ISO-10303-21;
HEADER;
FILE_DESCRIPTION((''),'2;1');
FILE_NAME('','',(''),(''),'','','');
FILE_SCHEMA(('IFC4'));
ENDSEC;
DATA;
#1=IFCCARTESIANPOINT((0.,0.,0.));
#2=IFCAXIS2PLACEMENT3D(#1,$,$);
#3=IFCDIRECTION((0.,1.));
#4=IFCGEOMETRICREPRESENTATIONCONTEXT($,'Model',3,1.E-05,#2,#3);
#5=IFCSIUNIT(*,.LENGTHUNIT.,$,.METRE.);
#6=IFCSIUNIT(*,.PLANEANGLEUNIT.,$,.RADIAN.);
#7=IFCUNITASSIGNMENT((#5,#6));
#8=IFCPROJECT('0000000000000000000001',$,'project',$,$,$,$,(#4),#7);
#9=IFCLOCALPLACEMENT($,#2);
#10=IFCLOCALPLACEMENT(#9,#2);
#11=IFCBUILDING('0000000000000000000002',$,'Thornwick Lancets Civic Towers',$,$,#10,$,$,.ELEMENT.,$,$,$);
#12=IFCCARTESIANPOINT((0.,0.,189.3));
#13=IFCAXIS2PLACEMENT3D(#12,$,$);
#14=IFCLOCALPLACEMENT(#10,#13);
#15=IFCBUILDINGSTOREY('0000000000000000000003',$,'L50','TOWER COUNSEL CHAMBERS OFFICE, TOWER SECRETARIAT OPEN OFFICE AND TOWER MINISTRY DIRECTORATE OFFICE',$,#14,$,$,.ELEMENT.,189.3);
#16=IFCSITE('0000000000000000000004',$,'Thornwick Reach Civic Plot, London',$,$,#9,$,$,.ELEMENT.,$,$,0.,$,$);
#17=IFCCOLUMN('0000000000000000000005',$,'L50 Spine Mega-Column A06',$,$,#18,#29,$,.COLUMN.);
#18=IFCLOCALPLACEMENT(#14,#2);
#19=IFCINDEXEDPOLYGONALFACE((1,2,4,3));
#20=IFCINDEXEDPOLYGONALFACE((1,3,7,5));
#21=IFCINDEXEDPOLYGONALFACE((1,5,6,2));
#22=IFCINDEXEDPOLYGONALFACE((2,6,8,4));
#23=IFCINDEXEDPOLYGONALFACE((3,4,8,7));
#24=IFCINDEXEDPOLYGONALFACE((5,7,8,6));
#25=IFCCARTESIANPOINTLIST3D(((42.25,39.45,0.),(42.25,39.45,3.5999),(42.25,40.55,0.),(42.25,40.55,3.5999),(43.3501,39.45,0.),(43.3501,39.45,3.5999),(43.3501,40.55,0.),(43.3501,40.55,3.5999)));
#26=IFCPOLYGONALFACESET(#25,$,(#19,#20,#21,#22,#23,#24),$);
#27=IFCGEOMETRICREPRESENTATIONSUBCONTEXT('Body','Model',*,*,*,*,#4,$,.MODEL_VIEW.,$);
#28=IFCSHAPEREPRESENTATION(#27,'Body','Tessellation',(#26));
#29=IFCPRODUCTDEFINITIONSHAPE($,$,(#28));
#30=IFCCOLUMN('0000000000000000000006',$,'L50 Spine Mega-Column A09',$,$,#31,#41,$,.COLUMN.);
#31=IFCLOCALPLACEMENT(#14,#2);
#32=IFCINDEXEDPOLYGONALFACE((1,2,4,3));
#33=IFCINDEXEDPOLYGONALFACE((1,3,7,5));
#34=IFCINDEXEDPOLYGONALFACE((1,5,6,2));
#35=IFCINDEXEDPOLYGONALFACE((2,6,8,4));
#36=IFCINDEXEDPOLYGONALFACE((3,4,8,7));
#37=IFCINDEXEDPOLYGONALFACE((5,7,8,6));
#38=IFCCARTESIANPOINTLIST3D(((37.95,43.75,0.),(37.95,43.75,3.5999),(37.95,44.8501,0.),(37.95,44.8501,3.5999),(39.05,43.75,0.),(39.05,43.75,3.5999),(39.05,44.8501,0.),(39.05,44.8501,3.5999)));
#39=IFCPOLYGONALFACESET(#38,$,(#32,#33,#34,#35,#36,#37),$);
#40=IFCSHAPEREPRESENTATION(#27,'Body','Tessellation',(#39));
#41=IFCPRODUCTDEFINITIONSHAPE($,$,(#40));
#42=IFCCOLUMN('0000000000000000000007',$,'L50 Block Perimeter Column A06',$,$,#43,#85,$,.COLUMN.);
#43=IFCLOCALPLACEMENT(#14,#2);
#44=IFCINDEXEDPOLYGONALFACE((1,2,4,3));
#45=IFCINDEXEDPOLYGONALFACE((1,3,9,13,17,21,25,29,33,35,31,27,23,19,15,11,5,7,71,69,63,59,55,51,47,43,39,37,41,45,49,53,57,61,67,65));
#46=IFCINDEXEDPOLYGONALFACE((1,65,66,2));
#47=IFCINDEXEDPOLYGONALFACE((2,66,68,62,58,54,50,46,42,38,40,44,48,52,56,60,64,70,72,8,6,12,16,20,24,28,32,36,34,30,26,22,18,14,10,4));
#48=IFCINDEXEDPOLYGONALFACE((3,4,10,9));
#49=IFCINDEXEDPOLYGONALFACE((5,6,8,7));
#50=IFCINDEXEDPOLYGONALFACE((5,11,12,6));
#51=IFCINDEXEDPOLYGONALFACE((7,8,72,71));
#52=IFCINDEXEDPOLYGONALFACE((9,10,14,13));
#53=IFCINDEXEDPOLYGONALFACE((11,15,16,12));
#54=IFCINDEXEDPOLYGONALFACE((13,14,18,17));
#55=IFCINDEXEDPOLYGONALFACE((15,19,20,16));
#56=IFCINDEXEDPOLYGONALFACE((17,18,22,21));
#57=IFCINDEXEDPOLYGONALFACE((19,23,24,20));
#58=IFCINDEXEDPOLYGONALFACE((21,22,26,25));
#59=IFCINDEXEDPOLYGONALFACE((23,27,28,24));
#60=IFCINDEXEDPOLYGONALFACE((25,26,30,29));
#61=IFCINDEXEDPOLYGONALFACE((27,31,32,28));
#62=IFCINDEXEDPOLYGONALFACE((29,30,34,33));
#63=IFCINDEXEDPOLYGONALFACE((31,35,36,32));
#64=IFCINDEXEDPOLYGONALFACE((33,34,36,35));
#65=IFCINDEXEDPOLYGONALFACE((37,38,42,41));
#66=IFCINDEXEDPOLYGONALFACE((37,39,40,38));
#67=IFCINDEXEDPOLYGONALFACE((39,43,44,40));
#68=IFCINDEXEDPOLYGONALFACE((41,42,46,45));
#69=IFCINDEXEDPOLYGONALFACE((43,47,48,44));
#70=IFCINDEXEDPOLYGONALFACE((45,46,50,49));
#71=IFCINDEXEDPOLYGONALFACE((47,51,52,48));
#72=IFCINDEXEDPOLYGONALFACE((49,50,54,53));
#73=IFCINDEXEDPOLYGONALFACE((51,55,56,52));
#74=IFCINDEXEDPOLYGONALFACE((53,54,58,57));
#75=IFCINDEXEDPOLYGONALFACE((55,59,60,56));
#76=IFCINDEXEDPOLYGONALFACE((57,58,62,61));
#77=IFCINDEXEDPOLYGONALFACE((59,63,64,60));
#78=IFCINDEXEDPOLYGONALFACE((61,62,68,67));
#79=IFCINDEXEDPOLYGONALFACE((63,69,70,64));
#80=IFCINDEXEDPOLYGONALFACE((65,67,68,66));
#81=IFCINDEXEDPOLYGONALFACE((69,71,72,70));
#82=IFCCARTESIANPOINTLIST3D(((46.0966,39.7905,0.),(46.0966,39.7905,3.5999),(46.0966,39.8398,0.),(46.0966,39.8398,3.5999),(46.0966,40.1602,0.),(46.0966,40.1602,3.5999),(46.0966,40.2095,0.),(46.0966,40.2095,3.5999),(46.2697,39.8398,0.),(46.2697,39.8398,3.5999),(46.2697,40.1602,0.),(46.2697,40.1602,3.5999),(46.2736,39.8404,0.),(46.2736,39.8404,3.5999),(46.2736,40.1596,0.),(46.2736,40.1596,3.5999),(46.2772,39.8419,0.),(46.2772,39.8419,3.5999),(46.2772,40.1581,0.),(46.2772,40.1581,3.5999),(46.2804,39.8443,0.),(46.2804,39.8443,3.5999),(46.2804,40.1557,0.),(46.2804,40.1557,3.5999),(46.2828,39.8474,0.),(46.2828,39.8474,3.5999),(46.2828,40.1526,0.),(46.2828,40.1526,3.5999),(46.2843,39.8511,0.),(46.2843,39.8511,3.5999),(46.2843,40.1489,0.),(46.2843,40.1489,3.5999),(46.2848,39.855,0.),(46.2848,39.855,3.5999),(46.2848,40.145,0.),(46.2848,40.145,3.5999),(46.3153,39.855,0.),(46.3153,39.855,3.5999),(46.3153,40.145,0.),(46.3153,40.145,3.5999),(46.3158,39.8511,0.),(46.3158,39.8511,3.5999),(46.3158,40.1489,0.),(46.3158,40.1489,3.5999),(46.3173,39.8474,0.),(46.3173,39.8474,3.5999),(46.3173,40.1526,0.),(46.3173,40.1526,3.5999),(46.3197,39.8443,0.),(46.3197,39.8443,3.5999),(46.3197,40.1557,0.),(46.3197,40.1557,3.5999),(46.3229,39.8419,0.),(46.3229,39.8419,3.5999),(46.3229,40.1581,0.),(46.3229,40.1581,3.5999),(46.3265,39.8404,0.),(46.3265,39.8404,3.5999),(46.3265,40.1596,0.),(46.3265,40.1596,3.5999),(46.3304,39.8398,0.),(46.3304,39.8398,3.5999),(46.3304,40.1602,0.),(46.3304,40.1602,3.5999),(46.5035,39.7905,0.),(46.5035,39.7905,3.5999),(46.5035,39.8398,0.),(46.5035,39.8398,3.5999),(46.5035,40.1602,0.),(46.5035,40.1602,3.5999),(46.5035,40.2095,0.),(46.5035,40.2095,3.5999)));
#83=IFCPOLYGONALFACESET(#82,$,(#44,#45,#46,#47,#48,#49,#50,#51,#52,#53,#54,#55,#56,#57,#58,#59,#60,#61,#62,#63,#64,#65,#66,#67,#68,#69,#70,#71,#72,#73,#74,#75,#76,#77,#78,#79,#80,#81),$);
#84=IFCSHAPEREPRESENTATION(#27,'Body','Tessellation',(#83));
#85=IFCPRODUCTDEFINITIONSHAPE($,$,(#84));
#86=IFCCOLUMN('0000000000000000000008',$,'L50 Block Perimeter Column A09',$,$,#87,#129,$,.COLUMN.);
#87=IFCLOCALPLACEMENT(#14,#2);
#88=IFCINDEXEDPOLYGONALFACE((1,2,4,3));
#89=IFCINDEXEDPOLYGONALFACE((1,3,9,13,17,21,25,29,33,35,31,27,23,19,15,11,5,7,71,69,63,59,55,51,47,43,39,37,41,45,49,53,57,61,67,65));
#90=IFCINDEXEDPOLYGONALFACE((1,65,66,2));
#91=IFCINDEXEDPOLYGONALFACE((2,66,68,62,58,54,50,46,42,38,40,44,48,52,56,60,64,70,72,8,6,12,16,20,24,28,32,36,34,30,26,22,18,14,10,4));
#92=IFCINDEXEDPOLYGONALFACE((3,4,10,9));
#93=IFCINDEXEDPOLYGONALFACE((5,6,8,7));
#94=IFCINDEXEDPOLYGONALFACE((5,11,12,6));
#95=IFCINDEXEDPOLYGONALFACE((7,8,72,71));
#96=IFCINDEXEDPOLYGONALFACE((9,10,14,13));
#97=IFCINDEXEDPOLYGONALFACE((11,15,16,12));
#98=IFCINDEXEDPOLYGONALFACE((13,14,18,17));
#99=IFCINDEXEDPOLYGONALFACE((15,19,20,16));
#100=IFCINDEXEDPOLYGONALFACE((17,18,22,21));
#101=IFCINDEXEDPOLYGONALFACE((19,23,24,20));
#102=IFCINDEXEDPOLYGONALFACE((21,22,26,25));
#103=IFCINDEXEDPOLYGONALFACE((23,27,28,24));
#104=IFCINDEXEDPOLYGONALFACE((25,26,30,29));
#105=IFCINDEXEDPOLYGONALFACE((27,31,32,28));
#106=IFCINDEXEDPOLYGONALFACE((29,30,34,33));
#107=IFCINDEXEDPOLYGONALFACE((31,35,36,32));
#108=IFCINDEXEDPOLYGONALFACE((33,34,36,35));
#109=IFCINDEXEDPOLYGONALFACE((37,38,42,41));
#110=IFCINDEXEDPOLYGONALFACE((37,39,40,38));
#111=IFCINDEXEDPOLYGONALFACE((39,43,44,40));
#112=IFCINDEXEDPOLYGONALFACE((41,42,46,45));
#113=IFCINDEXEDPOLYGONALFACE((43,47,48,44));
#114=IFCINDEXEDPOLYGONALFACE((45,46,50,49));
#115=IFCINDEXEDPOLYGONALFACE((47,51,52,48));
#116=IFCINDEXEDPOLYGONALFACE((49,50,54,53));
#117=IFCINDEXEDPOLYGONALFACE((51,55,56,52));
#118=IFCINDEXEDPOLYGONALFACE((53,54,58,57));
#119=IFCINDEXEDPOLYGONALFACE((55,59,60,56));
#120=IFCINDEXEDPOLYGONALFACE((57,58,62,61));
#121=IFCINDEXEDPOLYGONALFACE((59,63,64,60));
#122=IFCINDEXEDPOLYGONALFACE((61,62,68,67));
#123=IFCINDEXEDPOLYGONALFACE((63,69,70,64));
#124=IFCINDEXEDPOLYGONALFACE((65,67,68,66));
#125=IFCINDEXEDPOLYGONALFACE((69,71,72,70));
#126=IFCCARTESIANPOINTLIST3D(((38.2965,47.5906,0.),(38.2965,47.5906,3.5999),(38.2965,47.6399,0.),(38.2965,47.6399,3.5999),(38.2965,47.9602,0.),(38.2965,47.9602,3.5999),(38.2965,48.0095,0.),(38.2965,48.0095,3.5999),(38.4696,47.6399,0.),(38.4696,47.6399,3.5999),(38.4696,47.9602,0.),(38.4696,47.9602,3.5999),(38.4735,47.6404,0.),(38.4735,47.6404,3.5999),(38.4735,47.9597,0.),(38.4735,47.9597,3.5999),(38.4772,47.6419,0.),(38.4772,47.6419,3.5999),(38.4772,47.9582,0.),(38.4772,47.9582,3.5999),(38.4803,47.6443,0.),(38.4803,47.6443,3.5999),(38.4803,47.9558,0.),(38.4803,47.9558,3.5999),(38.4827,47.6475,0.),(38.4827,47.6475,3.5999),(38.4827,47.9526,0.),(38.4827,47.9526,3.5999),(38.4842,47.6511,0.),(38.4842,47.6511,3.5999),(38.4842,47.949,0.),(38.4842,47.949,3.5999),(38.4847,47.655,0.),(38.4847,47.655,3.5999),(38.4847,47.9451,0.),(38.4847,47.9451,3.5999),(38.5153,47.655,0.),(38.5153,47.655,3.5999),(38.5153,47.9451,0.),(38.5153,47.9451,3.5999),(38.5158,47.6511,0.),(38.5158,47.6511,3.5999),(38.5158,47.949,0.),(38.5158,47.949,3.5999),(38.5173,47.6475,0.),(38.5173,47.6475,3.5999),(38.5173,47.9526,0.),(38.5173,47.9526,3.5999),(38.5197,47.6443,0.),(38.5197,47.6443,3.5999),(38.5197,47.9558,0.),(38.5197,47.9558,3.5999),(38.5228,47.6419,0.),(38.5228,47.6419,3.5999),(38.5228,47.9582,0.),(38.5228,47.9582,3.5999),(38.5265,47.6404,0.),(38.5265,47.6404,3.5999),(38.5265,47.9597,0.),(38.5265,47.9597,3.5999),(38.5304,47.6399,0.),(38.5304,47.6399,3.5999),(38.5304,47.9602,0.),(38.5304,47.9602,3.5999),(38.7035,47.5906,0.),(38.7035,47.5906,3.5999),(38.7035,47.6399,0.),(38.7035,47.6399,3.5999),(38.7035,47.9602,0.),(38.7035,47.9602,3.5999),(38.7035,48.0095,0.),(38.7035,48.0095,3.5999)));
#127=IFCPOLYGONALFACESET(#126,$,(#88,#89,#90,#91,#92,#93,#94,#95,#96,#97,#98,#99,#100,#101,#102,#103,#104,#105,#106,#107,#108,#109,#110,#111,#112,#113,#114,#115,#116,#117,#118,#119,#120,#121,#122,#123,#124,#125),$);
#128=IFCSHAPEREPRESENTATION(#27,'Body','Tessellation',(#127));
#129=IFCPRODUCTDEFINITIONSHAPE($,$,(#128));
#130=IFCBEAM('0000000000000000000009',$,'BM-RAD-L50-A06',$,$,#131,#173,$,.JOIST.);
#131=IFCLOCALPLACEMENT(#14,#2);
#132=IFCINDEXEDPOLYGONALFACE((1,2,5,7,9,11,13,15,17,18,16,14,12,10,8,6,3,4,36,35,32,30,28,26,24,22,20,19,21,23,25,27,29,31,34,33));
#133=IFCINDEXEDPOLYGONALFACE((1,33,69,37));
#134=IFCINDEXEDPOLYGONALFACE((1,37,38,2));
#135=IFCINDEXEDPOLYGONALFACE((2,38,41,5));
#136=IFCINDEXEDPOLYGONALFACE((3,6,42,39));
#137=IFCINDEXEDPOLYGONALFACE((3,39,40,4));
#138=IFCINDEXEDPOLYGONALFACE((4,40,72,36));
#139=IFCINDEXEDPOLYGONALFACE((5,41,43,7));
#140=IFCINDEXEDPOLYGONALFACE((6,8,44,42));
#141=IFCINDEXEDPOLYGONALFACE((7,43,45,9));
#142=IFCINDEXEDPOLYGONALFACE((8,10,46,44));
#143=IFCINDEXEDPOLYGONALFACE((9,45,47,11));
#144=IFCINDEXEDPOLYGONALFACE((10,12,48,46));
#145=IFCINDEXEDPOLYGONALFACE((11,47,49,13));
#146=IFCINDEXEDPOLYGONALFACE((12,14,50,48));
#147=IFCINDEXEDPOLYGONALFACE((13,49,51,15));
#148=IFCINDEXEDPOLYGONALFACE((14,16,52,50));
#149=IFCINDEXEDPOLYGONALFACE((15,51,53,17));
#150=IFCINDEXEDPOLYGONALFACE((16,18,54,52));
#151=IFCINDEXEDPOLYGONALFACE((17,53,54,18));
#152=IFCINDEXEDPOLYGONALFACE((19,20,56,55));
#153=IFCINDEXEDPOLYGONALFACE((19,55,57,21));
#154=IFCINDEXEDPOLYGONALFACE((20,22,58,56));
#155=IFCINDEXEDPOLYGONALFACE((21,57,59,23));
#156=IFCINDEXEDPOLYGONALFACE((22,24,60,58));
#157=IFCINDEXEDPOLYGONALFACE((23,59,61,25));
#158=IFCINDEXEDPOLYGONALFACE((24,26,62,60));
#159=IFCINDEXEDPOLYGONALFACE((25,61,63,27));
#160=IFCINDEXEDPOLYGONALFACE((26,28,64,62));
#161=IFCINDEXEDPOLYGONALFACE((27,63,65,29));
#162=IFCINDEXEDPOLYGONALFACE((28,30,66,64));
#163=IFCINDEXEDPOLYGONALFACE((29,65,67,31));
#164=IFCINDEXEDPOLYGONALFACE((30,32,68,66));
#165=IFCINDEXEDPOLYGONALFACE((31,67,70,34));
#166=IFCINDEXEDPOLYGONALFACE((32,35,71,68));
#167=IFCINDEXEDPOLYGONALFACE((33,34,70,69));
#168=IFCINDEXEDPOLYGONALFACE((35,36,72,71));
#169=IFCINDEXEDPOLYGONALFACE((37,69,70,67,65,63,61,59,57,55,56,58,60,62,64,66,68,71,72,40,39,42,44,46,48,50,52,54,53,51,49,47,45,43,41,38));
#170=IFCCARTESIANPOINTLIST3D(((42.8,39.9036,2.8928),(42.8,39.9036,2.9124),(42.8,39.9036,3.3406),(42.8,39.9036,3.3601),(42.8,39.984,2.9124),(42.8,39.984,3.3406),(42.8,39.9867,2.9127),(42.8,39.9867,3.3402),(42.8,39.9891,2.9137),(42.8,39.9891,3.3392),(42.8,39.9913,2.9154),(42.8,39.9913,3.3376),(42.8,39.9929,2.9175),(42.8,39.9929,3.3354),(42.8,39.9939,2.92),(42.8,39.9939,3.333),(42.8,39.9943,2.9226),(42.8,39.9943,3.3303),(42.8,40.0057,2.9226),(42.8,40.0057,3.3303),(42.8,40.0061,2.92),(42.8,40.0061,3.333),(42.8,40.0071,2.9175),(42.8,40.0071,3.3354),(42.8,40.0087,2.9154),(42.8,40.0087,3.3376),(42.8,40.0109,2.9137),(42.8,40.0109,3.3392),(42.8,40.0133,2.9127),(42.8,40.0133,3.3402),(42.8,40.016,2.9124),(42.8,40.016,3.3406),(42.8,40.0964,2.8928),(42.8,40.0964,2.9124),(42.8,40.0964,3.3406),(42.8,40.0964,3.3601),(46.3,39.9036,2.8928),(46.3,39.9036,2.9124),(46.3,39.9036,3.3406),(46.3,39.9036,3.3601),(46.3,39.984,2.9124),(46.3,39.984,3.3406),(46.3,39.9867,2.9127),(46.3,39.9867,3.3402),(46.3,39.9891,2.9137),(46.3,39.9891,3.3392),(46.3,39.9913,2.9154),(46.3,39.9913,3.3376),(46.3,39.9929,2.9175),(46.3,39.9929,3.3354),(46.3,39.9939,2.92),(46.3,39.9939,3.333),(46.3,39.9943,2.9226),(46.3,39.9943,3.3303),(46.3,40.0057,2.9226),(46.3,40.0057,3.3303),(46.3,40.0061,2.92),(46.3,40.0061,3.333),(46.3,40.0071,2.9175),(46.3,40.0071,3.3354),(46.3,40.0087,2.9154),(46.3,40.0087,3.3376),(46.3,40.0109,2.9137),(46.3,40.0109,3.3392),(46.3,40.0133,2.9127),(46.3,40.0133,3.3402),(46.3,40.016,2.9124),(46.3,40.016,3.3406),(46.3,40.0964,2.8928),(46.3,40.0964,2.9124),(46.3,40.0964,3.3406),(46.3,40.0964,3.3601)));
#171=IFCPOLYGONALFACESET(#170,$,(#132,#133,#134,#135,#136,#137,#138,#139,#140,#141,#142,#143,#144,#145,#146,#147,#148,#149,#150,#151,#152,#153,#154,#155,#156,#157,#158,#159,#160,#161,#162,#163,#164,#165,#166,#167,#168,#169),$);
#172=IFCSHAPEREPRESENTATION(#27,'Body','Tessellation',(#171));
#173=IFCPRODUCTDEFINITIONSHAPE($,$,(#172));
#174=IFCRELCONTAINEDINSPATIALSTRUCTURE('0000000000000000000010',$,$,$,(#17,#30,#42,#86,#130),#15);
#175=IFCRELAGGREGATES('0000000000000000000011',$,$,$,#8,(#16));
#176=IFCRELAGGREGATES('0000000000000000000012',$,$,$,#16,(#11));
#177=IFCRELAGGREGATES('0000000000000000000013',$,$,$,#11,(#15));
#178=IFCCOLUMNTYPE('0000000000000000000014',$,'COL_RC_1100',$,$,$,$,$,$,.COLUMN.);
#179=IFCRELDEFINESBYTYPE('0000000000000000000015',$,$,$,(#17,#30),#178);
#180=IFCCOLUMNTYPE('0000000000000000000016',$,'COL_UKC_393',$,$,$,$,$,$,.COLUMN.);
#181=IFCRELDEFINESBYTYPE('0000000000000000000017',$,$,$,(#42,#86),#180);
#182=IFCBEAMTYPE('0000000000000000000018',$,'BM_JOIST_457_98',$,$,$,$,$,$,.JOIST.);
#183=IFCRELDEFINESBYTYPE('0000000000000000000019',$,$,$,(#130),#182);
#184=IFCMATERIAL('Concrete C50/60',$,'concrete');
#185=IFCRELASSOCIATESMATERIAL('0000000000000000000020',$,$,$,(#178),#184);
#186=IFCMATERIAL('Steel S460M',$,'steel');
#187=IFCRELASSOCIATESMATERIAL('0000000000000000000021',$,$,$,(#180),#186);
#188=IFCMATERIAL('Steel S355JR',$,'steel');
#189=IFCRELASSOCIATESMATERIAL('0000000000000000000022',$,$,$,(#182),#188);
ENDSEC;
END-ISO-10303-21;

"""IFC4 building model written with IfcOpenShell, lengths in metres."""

from ifc_helpers import new_model, si_unit, direction, frame, origin, origin_2d, place, context, subcontext, project, spatial, rectangle, i_section, extrude, material, material_profile, profile_set, type_object, element, save


model = new_model("IFC4")

# Units and contexts
model_context = context("Model", 3, precision=1e-05, world=origin(), true_north=direction((0.0, 1.0)))
body_context = subcontext(model_context, "Body", "Model", "MODEL_VIEW")
ifc_project = project(units=[si_unit("LENGTHUNIT", "METRE"), si_unit("PLANEANGLEUNIT", "RADIAN")], contexts=[model_context])

# Site, building, storey
site_placement = place(None, origin())
site = spatial("IfcSite", under=ifc_project, at=site_placement, Name="Thornwick Reach Civic Plot, London", CompositionType="ELEMENT", RefElevation=0.0)
building_placement = place(site_placement, origin())
building = spatial("IfcBuilding", under=site, at=building_placement, Name="Thornwick Lancets Civic Towers", CompositionType="ELEMENT")
storey_placement = place(building_placement, frame((0.0, 0.0, 189.3)))
storey = spatial("IfcBuildingStorey", under=building, at=storey_placement, Name="L50", Description="TOWER COUNSEL CHAMBERS OFFICE, TOWER SECRETARIAT OPEN OFFICE AND TOWER MINISTRY DIRECTORATE OFFICE", CompositionType="ELEMENT", Elevation=189.3)

# Columns
ifc_material_1 = material(Name="Concrete C50/60", Category="concrete")
ifc_material_profile_1 = material_profile(ifc_material_1, rectangle(XDim=1.1001, YDim=1.1001, at=origin_2d()), Name="RC 1100x1100")
ifc_profile_set_1 = profile_set([ifc_material_profile_1], Name="Concrete C50/60")
column_type_1 = type_object("IfcColumnType", Name="COL_RC_1100", PredefinedType="COLUMN", material=ifc_profile_set_1)
for number, where, z_axis, x_axis, name in (
    (1, (42.8, 40.0, 0.0), (0.0, 0.0, 1.0), (1.0, 0.0, 0.0), "L50 Spine Mega-Column A06"),
    (2, (38.5, 44.3, 0.0), (0.0, 0.0, 1.0), (1.0, 0.0, 0.0), "L50 Spine Mega-Column A09"),
):
    element("IfcColumn", number, at=place(storey_placement, frame(where, z_axis=z_axis, x_axis=x_axis)), inside=storey, type_object=column_type_1, Name=name, PredefinedType="COLUMN", context=body_context, shape_type="SweptSolid", body=[
        extrude(rectangle(XDim=1.1001, YDim=1.1001, at=origin_2d()), origin(), (0.0, 0.0, 1.0), 3.5999),
    ])
ifc_material_2 = material(Name="Steel S460M", Category="steel")
ifc_material_profile_2 = material_profile(ifc_material_2, i_section(OverallWidth=0.407, OverallDepth=0.4189, WebThickness=0.0305, FlangeThickness=0.0493, FilletRadius=0.0151, at=origin_2d()), Name="UKC 356x406x393")
ifc_profile_set_2 = profile_set([ifc_material_profile_2], Name="Steel S460M")
column_type_2 = type_object("IfcColumnType", Name="COL_UKC_393", PredefinedType="COLUMN", material=ifc_profile_set_2)
for number, where, z_axis, x_axis, name in (
    (3, (46.3, 40.0, 0.0), (0.0, 0.0, 1.0), (1.0, 0.0, 0.0), "L50 Block Perimeter Column A06"),
    (4, (38.5, 47.8, 0.0), (0.0, 0.0, 1.0), (1.0, 0.0, 0.0), "L50 Block Perimeter Column A09"),
):
    element("IfcColumn", number, at=place(storey_placement, frame(where, z_axis=z_axis, x_axis=x_axis)), inside=storey, type_object=column_type_2, Name=name, PredefinedType="COLUMN", context=body_context, shape_type="SweptSolid", body=[
        extrude(i_section(OverallWidth=0.407, OverallDepth=0.4189, WebThickness=0.0305, FlangeThickness=0.0493, FilletRadius=0.0151, at=origin_2d()), origin(), (0.0, 0.0, 1.0), 3.5999),
    ])

# Beam
ifc_material_3 = material(Name="Steel S355JR", Category="steel")
ifc_material_profile_3 = material_profile(ifc_material_3, i_section(OverallWidth=0.1929, OverallDepth=0.4673, WebThickness=0.0115, FlangeThickness=0.0195, FilletRadius=0.0103, at=origin_2d()), Name="UKB 457x191x98")
ifc_profile_set_3 = profile_set([ifc_material_profile_3], Name="Steel S355JR")
beam_type_1 = type_object("IfcBeamType", Name="BM_JOIST_457_98", PredefinedType="JOIST", material=ifc_profile_set_3)
for number, where, z_axis, x_axis, name in (
    (5, (42.8, 40.0, 3.1265), (1.0, 0.0, 0.0), (0.0, 1.0, 0.0), "BM-RAD-L50-A06"),
):
    element("IfcBeam", number, at=place(storey_placement, frame(where, z_axis=z_axis, x_axis=x_axis)), inside=storey, type_object=beam_type_1, Name=name, PredefinedType="JOIST", context=body_context, shape_type="SweptSolid", body=[
        extrude(i_section(OverallWidth=0.1929, OverallDepth=0.4673, WebThickness=0.0115, FlangeThickness=0.0195, FilletRadius=0.0103, at=origin_2d()), origin(), (0.0, 0.0, 1.0), 3.5),
    ])

save(model, "model.ifc")
